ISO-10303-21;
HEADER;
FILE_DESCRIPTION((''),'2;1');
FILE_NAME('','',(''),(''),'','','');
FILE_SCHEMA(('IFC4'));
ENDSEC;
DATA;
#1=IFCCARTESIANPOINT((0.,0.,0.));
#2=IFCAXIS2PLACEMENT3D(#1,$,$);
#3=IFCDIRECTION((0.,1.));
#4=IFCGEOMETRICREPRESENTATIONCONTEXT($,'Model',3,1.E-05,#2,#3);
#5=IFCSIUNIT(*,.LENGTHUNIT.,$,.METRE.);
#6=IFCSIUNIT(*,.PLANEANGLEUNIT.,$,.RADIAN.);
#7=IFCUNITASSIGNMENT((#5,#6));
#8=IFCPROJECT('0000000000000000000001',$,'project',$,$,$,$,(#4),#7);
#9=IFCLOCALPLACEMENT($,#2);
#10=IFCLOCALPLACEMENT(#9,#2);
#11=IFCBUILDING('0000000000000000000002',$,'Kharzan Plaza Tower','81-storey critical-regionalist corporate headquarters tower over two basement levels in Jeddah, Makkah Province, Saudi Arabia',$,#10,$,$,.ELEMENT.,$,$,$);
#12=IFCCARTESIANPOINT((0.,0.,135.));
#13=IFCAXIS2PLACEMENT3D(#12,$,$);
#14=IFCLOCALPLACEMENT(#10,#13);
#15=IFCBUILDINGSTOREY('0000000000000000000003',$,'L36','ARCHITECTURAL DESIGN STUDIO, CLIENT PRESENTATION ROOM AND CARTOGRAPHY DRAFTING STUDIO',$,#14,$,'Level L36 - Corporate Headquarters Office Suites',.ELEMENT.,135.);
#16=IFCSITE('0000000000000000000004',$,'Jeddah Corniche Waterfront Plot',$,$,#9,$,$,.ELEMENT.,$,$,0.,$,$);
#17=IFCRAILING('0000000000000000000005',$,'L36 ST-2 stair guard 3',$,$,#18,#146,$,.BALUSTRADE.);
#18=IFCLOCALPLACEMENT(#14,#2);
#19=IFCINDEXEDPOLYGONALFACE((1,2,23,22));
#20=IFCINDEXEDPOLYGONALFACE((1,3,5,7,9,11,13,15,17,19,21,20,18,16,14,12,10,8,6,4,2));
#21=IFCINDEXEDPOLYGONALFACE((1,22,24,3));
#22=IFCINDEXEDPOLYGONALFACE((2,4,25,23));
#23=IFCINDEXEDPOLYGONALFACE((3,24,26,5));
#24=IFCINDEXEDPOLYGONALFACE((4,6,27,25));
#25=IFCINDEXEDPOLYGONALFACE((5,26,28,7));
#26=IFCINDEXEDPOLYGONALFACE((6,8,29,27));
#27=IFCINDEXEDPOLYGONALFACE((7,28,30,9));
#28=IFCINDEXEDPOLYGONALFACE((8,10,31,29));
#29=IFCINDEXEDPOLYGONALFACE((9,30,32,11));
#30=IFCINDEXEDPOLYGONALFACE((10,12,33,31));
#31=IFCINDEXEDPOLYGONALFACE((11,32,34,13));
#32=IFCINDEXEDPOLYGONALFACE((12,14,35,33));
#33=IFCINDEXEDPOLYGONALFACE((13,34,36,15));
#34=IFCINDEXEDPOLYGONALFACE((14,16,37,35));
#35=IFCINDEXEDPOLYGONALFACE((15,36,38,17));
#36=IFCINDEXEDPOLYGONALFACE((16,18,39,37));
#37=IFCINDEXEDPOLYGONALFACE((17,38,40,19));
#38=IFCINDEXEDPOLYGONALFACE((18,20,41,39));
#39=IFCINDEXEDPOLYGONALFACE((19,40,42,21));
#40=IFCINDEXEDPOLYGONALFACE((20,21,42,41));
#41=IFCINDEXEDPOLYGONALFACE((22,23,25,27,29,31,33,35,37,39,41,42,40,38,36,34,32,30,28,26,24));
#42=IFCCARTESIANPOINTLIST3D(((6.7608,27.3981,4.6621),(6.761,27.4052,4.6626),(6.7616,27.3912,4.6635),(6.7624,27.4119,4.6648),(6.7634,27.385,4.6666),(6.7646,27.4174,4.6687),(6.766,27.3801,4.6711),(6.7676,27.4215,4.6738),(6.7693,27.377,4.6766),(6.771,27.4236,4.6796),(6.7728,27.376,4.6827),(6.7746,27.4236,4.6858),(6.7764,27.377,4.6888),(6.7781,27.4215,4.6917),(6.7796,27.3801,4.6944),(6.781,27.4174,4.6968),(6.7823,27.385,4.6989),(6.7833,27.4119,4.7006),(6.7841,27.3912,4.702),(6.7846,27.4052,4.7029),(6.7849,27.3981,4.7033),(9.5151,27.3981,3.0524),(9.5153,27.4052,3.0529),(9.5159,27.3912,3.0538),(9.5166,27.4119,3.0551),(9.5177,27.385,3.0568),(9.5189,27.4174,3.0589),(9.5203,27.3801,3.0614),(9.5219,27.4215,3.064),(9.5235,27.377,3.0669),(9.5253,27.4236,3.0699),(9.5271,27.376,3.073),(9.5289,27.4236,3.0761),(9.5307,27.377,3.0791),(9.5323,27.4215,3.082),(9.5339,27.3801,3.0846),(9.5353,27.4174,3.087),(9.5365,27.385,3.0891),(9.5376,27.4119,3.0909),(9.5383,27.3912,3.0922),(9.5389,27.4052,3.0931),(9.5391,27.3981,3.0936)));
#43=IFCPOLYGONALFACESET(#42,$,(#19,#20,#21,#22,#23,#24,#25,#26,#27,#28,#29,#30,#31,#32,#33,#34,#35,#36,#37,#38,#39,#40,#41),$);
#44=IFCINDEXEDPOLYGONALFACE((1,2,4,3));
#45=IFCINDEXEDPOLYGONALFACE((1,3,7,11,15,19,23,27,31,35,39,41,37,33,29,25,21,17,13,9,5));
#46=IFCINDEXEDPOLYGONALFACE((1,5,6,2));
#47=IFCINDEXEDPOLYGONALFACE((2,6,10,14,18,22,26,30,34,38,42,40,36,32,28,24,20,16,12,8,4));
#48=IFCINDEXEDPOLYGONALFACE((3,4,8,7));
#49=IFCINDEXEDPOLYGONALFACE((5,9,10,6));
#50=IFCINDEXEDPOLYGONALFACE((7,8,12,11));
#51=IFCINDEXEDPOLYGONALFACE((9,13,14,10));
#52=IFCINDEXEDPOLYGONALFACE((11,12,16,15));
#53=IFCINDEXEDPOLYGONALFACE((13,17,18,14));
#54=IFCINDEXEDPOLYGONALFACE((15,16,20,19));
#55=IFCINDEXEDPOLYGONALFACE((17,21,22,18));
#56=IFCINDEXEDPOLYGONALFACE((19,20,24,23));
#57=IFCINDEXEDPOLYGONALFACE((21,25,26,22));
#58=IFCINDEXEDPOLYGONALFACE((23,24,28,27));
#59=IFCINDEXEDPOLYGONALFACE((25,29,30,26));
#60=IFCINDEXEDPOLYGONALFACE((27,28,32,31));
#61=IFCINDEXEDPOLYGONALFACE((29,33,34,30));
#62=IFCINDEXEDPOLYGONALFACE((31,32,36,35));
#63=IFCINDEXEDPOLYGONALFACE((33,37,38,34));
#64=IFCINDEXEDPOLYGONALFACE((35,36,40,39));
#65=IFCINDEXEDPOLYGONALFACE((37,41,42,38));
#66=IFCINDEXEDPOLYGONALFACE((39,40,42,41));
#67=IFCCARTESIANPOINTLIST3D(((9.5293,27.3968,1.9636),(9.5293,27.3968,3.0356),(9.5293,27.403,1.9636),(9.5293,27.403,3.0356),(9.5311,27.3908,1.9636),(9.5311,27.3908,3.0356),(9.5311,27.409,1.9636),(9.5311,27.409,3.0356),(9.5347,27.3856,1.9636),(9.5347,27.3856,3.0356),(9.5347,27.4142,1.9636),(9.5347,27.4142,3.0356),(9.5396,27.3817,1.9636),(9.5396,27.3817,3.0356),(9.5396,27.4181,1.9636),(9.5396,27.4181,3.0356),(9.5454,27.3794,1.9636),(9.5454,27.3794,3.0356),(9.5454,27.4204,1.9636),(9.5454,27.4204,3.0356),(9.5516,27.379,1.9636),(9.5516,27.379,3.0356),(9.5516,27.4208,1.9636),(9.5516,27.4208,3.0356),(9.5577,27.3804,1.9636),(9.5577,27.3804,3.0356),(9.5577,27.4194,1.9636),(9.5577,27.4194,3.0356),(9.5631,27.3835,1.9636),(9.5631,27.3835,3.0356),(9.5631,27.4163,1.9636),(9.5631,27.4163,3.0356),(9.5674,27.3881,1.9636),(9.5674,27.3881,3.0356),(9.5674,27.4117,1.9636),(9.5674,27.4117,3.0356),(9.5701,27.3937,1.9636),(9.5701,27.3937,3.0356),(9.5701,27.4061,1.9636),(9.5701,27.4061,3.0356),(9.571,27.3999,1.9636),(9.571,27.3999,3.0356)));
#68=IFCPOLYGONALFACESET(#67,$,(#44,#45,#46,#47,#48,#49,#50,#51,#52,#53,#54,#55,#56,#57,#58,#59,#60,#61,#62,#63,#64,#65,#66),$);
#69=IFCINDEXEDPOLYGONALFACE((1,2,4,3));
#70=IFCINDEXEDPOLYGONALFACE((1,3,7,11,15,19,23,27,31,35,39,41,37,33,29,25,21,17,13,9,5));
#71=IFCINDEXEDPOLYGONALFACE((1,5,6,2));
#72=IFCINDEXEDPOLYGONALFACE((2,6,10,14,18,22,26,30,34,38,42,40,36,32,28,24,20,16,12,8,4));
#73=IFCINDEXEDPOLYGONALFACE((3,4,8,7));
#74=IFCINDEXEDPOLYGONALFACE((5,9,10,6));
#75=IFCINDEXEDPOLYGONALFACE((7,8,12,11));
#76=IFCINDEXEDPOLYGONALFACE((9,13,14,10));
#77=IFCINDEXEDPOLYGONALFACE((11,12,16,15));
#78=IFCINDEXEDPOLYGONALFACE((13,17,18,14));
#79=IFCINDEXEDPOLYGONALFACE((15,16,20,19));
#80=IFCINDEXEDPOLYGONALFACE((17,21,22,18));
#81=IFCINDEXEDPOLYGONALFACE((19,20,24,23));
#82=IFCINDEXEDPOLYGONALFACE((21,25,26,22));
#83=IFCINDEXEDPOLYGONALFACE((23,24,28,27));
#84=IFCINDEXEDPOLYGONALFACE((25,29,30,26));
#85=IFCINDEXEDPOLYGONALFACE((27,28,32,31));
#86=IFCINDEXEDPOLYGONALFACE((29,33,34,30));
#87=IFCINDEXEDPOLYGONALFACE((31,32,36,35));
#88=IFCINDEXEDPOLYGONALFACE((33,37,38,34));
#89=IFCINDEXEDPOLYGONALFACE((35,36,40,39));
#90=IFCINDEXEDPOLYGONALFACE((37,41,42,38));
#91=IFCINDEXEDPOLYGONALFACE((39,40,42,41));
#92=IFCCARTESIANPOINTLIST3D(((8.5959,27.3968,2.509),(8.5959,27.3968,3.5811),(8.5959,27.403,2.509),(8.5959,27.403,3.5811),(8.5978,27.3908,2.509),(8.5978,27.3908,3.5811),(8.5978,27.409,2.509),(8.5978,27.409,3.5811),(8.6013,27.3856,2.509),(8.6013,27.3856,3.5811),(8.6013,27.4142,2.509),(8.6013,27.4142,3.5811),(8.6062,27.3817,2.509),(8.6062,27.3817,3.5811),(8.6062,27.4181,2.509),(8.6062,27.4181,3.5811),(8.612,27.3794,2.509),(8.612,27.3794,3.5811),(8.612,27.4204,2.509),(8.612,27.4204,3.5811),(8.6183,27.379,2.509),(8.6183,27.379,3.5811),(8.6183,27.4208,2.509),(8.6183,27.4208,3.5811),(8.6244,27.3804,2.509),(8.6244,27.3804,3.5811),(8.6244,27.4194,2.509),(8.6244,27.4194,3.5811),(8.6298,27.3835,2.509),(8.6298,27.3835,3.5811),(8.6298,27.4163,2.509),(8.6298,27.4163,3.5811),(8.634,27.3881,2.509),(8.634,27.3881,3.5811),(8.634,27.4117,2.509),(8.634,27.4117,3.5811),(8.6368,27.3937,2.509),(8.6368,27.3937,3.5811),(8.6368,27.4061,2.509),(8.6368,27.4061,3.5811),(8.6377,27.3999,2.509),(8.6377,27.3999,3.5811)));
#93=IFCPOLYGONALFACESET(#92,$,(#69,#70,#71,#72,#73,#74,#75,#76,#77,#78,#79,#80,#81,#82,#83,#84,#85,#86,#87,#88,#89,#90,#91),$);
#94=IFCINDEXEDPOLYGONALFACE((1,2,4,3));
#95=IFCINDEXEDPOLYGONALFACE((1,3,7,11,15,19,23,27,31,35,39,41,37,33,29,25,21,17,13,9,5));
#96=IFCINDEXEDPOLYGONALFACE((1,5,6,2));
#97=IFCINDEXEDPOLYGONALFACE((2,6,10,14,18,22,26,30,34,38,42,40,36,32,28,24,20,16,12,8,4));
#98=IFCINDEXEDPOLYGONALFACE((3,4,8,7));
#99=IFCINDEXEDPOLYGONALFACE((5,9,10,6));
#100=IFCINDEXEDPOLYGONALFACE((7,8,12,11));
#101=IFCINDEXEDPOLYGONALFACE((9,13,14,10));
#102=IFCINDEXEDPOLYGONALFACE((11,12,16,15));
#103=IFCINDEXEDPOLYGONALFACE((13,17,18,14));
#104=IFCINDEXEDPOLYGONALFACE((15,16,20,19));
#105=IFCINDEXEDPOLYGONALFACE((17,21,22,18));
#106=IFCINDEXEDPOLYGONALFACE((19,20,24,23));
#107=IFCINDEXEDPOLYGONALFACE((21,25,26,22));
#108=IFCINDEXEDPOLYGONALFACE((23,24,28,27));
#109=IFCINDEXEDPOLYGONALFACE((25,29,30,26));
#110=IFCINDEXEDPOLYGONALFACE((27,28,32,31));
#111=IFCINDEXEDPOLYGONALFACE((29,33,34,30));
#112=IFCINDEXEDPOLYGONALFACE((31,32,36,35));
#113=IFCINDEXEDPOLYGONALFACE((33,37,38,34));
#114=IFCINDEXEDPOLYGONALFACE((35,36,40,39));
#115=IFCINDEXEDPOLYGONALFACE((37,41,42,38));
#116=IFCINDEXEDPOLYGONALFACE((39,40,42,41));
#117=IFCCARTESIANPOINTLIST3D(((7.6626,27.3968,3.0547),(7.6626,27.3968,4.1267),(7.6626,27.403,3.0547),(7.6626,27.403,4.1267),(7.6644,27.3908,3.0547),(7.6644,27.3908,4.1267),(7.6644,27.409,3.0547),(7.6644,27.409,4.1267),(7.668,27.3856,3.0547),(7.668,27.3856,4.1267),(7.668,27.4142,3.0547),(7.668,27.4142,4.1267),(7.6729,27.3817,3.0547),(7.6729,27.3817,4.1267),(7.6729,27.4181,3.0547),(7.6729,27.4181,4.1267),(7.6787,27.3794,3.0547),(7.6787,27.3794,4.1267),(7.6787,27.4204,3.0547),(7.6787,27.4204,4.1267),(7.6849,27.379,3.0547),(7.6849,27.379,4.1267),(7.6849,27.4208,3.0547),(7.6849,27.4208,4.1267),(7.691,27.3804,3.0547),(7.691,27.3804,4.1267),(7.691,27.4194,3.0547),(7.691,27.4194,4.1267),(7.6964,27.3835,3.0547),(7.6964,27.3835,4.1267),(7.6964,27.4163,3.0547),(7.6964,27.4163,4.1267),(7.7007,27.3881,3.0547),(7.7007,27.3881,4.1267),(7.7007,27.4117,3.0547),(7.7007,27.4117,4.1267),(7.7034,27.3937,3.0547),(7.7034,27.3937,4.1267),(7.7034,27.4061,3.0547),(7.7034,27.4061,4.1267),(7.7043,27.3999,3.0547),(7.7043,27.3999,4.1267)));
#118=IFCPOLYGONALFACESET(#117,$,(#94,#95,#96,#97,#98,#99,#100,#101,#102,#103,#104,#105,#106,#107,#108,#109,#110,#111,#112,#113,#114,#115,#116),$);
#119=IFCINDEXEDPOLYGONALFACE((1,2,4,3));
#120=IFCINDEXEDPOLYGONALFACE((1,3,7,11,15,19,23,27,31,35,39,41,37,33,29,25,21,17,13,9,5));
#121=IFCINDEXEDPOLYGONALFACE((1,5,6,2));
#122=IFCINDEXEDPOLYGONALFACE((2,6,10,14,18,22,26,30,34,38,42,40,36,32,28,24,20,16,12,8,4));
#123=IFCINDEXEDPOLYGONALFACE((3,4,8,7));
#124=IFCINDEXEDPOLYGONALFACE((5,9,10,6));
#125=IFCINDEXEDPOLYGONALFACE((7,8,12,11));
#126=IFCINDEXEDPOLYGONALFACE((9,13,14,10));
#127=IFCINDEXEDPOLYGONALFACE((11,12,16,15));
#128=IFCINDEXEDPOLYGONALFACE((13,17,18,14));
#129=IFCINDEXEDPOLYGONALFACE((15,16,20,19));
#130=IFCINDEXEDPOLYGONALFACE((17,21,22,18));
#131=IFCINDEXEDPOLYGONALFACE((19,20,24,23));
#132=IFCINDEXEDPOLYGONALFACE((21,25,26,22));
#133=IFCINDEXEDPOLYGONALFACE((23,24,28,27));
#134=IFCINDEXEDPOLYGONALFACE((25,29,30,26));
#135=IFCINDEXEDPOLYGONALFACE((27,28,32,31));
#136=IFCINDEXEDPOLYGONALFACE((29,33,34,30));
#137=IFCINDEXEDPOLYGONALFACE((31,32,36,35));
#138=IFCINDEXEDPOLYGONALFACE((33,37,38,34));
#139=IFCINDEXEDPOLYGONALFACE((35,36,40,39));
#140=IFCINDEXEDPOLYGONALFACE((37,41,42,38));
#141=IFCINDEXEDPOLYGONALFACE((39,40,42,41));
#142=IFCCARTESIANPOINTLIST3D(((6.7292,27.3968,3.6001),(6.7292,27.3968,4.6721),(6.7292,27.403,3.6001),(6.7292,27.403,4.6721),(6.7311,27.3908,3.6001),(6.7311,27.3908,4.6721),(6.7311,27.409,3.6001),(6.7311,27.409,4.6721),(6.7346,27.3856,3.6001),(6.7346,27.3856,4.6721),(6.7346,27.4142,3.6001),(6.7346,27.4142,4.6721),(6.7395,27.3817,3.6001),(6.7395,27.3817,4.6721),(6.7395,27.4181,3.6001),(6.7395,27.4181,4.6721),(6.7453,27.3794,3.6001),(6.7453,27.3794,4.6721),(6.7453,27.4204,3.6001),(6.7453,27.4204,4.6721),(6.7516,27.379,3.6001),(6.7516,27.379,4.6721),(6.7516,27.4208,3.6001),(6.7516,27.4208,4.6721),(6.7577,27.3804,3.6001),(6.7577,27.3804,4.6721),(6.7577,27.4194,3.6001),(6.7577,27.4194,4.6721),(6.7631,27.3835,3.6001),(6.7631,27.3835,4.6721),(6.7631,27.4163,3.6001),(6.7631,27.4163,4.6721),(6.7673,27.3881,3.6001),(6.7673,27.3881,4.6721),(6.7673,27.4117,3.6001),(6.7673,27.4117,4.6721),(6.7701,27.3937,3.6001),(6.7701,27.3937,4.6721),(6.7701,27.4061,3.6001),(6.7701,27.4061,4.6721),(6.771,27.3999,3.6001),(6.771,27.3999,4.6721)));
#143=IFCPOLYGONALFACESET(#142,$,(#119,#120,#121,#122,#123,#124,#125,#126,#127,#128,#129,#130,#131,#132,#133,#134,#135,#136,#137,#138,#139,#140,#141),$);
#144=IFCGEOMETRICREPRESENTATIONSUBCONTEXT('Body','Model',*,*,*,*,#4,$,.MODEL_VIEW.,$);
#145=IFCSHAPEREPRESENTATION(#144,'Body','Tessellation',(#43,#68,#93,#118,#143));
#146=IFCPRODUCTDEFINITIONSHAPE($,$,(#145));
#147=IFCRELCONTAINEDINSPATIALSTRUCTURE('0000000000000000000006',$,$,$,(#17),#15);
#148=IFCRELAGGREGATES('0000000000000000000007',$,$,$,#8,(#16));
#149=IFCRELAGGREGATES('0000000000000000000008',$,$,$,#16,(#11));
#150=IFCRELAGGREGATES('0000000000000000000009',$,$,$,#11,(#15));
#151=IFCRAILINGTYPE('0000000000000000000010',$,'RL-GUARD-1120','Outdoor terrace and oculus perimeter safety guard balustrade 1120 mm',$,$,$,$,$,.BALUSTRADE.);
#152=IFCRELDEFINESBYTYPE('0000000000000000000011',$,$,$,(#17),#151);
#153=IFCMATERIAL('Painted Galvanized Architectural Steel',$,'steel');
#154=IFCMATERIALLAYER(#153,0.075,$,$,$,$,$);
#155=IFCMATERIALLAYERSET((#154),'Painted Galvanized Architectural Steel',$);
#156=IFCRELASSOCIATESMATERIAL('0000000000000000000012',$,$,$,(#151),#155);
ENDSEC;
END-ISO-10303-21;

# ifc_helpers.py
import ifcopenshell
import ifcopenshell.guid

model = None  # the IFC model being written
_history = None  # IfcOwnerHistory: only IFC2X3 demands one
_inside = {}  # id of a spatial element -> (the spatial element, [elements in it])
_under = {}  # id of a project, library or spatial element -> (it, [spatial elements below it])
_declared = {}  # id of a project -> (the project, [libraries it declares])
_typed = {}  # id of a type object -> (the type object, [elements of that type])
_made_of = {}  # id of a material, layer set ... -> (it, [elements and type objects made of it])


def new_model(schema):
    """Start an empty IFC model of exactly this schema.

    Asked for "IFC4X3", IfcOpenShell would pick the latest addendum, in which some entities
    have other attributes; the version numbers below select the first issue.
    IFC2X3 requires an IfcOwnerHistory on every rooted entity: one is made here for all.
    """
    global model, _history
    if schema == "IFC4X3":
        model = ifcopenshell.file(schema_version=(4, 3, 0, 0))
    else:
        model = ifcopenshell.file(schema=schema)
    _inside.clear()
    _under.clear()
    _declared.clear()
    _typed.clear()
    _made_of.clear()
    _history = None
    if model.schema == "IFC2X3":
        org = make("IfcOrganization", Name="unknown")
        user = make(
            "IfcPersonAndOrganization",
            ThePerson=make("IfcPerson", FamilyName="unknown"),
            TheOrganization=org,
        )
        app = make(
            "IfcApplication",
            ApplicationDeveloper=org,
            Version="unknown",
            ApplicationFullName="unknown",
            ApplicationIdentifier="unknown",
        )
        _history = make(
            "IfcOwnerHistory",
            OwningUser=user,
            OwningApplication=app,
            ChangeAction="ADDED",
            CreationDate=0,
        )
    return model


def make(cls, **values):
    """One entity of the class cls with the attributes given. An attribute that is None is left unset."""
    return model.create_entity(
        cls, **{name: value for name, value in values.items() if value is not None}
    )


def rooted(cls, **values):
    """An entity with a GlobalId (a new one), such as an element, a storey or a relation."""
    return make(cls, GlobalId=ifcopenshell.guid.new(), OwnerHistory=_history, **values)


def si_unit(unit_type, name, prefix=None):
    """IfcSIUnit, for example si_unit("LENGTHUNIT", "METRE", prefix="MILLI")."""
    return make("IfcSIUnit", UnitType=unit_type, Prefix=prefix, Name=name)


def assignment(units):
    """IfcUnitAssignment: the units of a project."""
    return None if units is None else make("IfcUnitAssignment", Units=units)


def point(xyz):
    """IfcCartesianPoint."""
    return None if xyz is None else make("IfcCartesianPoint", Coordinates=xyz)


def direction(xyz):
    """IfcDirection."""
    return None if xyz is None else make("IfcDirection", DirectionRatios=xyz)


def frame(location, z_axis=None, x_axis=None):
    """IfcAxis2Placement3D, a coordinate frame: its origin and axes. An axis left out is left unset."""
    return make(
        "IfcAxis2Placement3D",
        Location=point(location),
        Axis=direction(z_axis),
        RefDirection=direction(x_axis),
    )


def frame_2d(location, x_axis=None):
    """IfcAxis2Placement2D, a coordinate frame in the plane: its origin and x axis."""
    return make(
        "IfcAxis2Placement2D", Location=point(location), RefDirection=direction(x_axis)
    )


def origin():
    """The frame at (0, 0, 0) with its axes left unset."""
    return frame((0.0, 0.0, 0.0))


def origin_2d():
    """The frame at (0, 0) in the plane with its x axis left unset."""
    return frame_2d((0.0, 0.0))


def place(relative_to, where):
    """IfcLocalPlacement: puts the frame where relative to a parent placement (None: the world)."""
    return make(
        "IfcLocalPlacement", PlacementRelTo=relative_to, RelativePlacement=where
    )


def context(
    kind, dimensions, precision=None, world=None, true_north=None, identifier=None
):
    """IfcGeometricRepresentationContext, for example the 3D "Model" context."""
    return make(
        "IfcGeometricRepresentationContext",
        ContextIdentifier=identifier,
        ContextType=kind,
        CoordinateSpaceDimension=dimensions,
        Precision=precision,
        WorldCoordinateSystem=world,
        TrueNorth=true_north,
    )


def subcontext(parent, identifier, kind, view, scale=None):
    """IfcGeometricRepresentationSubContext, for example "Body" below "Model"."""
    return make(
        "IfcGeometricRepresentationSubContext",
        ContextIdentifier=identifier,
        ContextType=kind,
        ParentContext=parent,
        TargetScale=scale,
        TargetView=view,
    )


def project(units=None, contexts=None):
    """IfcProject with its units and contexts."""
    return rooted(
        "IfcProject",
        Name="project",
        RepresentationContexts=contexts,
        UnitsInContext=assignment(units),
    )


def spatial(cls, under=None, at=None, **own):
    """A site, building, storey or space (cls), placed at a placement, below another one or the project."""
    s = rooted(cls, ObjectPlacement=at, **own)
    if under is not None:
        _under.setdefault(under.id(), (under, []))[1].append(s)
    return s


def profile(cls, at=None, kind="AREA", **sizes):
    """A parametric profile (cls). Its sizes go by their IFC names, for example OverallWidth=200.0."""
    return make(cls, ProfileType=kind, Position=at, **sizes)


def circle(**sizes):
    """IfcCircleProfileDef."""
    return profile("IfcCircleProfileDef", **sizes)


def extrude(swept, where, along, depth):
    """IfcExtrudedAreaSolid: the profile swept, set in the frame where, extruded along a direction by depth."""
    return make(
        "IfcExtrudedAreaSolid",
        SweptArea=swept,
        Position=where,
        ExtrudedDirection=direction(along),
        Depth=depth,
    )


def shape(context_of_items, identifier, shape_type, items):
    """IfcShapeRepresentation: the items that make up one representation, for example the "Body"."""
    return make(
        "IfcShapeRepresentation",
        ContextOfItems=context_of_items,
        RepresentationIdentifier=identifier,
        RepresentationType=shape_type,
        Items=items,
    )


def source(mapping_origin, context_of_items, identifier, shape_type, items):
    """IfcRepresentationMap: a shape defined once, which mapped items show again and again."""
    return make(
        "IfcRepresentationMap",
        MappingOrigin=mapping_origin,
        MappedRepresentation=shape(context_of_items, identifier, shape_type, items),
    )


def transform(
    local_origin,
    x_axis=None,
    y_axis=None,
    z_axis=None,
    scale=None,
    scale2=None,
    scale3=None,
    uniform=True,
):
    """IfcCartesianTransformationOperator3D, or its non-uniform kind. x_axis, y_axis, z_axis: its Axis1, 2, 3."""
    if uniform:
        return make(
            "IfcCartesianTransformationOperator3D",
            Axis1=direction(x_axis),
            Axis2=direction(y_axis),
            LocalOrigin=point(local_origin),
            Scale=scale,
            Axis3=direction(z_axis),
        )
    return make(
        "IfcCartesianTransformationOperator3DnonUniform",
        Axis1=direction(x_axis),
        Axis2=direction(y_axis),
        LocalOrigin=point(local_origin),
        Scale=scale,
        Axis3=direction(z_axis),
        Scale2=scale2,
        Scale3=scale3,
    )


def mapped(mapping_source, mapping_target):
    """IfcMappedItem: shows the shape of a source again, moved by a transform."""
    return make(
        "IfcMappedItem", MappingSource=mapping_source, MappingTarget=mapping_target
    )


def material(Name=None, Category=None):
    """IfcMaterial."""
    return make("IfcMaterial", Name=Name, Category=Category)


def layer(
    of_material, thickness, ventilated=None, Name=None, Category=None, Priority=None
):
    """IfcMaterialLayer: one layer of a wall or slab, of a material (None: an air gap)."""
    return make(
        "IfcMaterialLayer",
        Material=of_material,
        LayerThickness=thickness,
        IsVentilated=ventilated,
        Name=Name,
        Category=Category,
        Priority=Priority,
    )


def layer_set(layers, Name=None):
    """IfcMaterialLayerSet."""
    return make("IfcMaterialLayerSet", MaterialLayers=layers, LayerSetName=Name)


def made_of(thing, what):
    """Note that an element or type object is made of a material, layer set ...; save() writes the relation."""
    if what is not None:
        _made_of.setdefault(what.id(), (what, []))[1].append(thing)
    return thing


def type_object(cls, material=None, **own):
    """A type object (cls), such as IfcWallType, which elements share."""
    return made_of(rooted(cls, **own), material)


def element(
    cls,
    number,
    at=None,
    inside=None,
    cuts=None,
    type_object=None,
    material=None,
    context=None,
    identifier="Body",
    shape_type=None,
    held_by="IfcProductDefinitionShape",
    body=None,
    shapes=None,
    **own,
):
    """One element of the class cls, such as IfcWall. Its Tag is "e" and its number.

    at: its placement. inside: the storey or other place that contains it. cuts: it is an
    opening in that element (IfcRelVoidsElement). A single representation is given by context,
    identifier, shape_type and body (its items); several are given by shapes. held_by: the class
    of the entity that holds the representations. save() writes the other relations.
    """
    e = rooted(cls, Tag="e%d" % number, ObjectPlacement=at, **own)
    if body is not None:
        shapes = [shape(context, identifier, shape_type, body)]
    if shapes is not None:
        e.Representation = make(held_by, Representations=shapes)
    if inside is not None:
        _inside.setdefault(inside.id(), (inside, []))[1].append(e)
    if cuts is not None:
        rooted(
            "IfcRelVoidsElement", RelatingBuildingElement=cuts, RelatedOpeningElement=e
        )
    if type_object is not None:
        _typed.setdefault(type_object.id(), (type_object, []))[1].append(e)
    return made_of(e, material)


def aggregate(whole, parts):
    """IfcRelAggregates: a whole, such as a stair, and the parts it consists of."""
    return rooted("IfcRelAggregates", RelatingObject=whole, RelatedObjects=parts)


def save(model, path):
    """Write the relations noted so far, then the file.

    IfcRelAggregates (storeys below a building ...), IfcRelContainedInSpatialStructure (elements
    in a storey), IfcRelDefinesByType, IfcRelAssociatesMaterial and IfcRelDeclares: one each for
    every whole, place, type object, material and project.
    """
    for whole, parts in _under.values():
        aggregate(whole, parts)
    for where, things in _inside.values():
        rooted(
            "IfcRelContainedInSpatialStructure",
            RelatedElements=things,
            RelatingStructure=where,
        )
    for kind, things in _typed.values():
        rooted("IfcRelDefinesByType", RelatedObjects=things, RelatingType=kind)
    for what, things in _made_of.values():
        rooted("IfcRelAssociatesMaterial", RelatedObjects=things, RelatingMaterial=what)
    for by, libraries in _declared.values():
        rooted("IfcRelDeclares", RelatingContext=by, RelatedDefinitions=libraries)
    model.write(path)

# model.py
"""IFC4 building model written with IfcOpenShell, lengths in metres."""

from ifc_helpers import new_model, si_unit, direction, frame, origin, origin_2d, place, context, subcontext, project, spatial, circle, extrude, source, transform, mapped, material, layer, layer_set, type_object, element, save


model = new_model("IFC4")

# Units and contexts
model_context = context("Model", 3, precision=1e-05, world=origin(), true_north=direction((0.0, 1.0)))
body_context = subcontext(model_context, "Body", "Model", "MODEL_VIEW")
ifc_project = project(units=[si_unit("LENGTHUNIT", "METRE"), si_unit("PLANEANGLEUNIT", "RADIAN")], contexts=[model_context])

# Site, building, storey
site_placement = place(None, origin())
site = spatial("IfcSite", under=ifc_project, at=site_placement, Name="Jeddah Corniche Waterfront Plot", CompositionType="ELEMENT", RefElevation=0.0)
building_placement = place(site_placement, origin())
building = spatial("IfcBuilding", under=site, at=building_placement, Name="Kharzan Plaza Tower", Description="81-storey critical-regionalist corporate headquarters tower over two basement levels in Jeddah, Makkah Province, Saudi Arabia", CompositionType="ELEMENT")
storey_placement = place(building_placement, frame((0.0, 0.0, 135.0)))
storey = spatial("IfcBuildingStorey", under=building, at=storey_placement, Name="L36", Description="ARCHITECTURAL DESIGN STUDIO, CLIENT PRESENTATION ROOM AND CARTOGRAPHY DRAFTING STUDIO", LongName="Level L36 - Corporate Headquarters Office Suites", CompositionType="ELEMENT", Elevation=135.0)

# Railing
ifc_material_1 = material(Name="Painted Galvanized Architectural Steel", Category="steel")
ifc_layer_1 = layer(ifc_material_1, 0.075)
ifc_layer_set_1 = layer_set([ifc_layer_1], Name="Painted Galvanized Architectural Steel")
railing_type_1 = type_object("IfcRailingType", Name="RL-GUARD-1120", Description="Outdoor terrace and oculus perimeter safety guard balustrade 1120 mm", PredefinedType="BALUSTRADE", material=ifc_layer_set_1)
shared_shape_1 = source(origin(), body_context, "Body", "SweptSolid", [
    extrude(circle(Radius=0.0239, at=origin_2d()), frame((-0.0229, 0.0, 1.1094), z_axis=(-0.863361, 0.0, 0.504587), x_axis=(0.0, -1.0, 0.0)), (0.0, 0.0, 1.0), 3.1902),
    extrude(circle(Radius=0.021, at=origin_2d()), origin(), (0.0, 0.0, 1.0), 1.072),
    extrude(circle(Radius=0.021, at=origin_2d()), frame((-0.9333, 0.0, 0.5454)), (0.0, 0.0, 1.0), 1.072),
    extrude(circle(Radius=0.021, at=origin_2d()), frame((-1.8667, 0.0, 1.0911)), (0.0, 0.0, 1.0), 1.072),
    extrude(circle(Radius=0.021, at=origin_2d()), frame((-2.8, 0.0, 1.6365)), (0.0, 0.0, 1.0), 1.072),
])
railing_1_placement = place(storey_placement, frame((9.55, 27.3999, 1.9636)))
element("IfcRailing", 1, at=railing_1_placement, inside=storey, type_object=railing_type_1, Name="L36 ST-2 stair guard 3", PredefinedType="BALUSTRADE", context=body_context, shape_type="MappedRepresentation", body=[
    mapped(shared_shape_1, transform((0.0, 0.0, 0.0), x_axis=(1.0, 0.0, 0.0), y_axis=(0.0, 1.0, 0.0), z_axis=(0.0, 0.0, 1.0))),
])

save(model, "model.ifc")
